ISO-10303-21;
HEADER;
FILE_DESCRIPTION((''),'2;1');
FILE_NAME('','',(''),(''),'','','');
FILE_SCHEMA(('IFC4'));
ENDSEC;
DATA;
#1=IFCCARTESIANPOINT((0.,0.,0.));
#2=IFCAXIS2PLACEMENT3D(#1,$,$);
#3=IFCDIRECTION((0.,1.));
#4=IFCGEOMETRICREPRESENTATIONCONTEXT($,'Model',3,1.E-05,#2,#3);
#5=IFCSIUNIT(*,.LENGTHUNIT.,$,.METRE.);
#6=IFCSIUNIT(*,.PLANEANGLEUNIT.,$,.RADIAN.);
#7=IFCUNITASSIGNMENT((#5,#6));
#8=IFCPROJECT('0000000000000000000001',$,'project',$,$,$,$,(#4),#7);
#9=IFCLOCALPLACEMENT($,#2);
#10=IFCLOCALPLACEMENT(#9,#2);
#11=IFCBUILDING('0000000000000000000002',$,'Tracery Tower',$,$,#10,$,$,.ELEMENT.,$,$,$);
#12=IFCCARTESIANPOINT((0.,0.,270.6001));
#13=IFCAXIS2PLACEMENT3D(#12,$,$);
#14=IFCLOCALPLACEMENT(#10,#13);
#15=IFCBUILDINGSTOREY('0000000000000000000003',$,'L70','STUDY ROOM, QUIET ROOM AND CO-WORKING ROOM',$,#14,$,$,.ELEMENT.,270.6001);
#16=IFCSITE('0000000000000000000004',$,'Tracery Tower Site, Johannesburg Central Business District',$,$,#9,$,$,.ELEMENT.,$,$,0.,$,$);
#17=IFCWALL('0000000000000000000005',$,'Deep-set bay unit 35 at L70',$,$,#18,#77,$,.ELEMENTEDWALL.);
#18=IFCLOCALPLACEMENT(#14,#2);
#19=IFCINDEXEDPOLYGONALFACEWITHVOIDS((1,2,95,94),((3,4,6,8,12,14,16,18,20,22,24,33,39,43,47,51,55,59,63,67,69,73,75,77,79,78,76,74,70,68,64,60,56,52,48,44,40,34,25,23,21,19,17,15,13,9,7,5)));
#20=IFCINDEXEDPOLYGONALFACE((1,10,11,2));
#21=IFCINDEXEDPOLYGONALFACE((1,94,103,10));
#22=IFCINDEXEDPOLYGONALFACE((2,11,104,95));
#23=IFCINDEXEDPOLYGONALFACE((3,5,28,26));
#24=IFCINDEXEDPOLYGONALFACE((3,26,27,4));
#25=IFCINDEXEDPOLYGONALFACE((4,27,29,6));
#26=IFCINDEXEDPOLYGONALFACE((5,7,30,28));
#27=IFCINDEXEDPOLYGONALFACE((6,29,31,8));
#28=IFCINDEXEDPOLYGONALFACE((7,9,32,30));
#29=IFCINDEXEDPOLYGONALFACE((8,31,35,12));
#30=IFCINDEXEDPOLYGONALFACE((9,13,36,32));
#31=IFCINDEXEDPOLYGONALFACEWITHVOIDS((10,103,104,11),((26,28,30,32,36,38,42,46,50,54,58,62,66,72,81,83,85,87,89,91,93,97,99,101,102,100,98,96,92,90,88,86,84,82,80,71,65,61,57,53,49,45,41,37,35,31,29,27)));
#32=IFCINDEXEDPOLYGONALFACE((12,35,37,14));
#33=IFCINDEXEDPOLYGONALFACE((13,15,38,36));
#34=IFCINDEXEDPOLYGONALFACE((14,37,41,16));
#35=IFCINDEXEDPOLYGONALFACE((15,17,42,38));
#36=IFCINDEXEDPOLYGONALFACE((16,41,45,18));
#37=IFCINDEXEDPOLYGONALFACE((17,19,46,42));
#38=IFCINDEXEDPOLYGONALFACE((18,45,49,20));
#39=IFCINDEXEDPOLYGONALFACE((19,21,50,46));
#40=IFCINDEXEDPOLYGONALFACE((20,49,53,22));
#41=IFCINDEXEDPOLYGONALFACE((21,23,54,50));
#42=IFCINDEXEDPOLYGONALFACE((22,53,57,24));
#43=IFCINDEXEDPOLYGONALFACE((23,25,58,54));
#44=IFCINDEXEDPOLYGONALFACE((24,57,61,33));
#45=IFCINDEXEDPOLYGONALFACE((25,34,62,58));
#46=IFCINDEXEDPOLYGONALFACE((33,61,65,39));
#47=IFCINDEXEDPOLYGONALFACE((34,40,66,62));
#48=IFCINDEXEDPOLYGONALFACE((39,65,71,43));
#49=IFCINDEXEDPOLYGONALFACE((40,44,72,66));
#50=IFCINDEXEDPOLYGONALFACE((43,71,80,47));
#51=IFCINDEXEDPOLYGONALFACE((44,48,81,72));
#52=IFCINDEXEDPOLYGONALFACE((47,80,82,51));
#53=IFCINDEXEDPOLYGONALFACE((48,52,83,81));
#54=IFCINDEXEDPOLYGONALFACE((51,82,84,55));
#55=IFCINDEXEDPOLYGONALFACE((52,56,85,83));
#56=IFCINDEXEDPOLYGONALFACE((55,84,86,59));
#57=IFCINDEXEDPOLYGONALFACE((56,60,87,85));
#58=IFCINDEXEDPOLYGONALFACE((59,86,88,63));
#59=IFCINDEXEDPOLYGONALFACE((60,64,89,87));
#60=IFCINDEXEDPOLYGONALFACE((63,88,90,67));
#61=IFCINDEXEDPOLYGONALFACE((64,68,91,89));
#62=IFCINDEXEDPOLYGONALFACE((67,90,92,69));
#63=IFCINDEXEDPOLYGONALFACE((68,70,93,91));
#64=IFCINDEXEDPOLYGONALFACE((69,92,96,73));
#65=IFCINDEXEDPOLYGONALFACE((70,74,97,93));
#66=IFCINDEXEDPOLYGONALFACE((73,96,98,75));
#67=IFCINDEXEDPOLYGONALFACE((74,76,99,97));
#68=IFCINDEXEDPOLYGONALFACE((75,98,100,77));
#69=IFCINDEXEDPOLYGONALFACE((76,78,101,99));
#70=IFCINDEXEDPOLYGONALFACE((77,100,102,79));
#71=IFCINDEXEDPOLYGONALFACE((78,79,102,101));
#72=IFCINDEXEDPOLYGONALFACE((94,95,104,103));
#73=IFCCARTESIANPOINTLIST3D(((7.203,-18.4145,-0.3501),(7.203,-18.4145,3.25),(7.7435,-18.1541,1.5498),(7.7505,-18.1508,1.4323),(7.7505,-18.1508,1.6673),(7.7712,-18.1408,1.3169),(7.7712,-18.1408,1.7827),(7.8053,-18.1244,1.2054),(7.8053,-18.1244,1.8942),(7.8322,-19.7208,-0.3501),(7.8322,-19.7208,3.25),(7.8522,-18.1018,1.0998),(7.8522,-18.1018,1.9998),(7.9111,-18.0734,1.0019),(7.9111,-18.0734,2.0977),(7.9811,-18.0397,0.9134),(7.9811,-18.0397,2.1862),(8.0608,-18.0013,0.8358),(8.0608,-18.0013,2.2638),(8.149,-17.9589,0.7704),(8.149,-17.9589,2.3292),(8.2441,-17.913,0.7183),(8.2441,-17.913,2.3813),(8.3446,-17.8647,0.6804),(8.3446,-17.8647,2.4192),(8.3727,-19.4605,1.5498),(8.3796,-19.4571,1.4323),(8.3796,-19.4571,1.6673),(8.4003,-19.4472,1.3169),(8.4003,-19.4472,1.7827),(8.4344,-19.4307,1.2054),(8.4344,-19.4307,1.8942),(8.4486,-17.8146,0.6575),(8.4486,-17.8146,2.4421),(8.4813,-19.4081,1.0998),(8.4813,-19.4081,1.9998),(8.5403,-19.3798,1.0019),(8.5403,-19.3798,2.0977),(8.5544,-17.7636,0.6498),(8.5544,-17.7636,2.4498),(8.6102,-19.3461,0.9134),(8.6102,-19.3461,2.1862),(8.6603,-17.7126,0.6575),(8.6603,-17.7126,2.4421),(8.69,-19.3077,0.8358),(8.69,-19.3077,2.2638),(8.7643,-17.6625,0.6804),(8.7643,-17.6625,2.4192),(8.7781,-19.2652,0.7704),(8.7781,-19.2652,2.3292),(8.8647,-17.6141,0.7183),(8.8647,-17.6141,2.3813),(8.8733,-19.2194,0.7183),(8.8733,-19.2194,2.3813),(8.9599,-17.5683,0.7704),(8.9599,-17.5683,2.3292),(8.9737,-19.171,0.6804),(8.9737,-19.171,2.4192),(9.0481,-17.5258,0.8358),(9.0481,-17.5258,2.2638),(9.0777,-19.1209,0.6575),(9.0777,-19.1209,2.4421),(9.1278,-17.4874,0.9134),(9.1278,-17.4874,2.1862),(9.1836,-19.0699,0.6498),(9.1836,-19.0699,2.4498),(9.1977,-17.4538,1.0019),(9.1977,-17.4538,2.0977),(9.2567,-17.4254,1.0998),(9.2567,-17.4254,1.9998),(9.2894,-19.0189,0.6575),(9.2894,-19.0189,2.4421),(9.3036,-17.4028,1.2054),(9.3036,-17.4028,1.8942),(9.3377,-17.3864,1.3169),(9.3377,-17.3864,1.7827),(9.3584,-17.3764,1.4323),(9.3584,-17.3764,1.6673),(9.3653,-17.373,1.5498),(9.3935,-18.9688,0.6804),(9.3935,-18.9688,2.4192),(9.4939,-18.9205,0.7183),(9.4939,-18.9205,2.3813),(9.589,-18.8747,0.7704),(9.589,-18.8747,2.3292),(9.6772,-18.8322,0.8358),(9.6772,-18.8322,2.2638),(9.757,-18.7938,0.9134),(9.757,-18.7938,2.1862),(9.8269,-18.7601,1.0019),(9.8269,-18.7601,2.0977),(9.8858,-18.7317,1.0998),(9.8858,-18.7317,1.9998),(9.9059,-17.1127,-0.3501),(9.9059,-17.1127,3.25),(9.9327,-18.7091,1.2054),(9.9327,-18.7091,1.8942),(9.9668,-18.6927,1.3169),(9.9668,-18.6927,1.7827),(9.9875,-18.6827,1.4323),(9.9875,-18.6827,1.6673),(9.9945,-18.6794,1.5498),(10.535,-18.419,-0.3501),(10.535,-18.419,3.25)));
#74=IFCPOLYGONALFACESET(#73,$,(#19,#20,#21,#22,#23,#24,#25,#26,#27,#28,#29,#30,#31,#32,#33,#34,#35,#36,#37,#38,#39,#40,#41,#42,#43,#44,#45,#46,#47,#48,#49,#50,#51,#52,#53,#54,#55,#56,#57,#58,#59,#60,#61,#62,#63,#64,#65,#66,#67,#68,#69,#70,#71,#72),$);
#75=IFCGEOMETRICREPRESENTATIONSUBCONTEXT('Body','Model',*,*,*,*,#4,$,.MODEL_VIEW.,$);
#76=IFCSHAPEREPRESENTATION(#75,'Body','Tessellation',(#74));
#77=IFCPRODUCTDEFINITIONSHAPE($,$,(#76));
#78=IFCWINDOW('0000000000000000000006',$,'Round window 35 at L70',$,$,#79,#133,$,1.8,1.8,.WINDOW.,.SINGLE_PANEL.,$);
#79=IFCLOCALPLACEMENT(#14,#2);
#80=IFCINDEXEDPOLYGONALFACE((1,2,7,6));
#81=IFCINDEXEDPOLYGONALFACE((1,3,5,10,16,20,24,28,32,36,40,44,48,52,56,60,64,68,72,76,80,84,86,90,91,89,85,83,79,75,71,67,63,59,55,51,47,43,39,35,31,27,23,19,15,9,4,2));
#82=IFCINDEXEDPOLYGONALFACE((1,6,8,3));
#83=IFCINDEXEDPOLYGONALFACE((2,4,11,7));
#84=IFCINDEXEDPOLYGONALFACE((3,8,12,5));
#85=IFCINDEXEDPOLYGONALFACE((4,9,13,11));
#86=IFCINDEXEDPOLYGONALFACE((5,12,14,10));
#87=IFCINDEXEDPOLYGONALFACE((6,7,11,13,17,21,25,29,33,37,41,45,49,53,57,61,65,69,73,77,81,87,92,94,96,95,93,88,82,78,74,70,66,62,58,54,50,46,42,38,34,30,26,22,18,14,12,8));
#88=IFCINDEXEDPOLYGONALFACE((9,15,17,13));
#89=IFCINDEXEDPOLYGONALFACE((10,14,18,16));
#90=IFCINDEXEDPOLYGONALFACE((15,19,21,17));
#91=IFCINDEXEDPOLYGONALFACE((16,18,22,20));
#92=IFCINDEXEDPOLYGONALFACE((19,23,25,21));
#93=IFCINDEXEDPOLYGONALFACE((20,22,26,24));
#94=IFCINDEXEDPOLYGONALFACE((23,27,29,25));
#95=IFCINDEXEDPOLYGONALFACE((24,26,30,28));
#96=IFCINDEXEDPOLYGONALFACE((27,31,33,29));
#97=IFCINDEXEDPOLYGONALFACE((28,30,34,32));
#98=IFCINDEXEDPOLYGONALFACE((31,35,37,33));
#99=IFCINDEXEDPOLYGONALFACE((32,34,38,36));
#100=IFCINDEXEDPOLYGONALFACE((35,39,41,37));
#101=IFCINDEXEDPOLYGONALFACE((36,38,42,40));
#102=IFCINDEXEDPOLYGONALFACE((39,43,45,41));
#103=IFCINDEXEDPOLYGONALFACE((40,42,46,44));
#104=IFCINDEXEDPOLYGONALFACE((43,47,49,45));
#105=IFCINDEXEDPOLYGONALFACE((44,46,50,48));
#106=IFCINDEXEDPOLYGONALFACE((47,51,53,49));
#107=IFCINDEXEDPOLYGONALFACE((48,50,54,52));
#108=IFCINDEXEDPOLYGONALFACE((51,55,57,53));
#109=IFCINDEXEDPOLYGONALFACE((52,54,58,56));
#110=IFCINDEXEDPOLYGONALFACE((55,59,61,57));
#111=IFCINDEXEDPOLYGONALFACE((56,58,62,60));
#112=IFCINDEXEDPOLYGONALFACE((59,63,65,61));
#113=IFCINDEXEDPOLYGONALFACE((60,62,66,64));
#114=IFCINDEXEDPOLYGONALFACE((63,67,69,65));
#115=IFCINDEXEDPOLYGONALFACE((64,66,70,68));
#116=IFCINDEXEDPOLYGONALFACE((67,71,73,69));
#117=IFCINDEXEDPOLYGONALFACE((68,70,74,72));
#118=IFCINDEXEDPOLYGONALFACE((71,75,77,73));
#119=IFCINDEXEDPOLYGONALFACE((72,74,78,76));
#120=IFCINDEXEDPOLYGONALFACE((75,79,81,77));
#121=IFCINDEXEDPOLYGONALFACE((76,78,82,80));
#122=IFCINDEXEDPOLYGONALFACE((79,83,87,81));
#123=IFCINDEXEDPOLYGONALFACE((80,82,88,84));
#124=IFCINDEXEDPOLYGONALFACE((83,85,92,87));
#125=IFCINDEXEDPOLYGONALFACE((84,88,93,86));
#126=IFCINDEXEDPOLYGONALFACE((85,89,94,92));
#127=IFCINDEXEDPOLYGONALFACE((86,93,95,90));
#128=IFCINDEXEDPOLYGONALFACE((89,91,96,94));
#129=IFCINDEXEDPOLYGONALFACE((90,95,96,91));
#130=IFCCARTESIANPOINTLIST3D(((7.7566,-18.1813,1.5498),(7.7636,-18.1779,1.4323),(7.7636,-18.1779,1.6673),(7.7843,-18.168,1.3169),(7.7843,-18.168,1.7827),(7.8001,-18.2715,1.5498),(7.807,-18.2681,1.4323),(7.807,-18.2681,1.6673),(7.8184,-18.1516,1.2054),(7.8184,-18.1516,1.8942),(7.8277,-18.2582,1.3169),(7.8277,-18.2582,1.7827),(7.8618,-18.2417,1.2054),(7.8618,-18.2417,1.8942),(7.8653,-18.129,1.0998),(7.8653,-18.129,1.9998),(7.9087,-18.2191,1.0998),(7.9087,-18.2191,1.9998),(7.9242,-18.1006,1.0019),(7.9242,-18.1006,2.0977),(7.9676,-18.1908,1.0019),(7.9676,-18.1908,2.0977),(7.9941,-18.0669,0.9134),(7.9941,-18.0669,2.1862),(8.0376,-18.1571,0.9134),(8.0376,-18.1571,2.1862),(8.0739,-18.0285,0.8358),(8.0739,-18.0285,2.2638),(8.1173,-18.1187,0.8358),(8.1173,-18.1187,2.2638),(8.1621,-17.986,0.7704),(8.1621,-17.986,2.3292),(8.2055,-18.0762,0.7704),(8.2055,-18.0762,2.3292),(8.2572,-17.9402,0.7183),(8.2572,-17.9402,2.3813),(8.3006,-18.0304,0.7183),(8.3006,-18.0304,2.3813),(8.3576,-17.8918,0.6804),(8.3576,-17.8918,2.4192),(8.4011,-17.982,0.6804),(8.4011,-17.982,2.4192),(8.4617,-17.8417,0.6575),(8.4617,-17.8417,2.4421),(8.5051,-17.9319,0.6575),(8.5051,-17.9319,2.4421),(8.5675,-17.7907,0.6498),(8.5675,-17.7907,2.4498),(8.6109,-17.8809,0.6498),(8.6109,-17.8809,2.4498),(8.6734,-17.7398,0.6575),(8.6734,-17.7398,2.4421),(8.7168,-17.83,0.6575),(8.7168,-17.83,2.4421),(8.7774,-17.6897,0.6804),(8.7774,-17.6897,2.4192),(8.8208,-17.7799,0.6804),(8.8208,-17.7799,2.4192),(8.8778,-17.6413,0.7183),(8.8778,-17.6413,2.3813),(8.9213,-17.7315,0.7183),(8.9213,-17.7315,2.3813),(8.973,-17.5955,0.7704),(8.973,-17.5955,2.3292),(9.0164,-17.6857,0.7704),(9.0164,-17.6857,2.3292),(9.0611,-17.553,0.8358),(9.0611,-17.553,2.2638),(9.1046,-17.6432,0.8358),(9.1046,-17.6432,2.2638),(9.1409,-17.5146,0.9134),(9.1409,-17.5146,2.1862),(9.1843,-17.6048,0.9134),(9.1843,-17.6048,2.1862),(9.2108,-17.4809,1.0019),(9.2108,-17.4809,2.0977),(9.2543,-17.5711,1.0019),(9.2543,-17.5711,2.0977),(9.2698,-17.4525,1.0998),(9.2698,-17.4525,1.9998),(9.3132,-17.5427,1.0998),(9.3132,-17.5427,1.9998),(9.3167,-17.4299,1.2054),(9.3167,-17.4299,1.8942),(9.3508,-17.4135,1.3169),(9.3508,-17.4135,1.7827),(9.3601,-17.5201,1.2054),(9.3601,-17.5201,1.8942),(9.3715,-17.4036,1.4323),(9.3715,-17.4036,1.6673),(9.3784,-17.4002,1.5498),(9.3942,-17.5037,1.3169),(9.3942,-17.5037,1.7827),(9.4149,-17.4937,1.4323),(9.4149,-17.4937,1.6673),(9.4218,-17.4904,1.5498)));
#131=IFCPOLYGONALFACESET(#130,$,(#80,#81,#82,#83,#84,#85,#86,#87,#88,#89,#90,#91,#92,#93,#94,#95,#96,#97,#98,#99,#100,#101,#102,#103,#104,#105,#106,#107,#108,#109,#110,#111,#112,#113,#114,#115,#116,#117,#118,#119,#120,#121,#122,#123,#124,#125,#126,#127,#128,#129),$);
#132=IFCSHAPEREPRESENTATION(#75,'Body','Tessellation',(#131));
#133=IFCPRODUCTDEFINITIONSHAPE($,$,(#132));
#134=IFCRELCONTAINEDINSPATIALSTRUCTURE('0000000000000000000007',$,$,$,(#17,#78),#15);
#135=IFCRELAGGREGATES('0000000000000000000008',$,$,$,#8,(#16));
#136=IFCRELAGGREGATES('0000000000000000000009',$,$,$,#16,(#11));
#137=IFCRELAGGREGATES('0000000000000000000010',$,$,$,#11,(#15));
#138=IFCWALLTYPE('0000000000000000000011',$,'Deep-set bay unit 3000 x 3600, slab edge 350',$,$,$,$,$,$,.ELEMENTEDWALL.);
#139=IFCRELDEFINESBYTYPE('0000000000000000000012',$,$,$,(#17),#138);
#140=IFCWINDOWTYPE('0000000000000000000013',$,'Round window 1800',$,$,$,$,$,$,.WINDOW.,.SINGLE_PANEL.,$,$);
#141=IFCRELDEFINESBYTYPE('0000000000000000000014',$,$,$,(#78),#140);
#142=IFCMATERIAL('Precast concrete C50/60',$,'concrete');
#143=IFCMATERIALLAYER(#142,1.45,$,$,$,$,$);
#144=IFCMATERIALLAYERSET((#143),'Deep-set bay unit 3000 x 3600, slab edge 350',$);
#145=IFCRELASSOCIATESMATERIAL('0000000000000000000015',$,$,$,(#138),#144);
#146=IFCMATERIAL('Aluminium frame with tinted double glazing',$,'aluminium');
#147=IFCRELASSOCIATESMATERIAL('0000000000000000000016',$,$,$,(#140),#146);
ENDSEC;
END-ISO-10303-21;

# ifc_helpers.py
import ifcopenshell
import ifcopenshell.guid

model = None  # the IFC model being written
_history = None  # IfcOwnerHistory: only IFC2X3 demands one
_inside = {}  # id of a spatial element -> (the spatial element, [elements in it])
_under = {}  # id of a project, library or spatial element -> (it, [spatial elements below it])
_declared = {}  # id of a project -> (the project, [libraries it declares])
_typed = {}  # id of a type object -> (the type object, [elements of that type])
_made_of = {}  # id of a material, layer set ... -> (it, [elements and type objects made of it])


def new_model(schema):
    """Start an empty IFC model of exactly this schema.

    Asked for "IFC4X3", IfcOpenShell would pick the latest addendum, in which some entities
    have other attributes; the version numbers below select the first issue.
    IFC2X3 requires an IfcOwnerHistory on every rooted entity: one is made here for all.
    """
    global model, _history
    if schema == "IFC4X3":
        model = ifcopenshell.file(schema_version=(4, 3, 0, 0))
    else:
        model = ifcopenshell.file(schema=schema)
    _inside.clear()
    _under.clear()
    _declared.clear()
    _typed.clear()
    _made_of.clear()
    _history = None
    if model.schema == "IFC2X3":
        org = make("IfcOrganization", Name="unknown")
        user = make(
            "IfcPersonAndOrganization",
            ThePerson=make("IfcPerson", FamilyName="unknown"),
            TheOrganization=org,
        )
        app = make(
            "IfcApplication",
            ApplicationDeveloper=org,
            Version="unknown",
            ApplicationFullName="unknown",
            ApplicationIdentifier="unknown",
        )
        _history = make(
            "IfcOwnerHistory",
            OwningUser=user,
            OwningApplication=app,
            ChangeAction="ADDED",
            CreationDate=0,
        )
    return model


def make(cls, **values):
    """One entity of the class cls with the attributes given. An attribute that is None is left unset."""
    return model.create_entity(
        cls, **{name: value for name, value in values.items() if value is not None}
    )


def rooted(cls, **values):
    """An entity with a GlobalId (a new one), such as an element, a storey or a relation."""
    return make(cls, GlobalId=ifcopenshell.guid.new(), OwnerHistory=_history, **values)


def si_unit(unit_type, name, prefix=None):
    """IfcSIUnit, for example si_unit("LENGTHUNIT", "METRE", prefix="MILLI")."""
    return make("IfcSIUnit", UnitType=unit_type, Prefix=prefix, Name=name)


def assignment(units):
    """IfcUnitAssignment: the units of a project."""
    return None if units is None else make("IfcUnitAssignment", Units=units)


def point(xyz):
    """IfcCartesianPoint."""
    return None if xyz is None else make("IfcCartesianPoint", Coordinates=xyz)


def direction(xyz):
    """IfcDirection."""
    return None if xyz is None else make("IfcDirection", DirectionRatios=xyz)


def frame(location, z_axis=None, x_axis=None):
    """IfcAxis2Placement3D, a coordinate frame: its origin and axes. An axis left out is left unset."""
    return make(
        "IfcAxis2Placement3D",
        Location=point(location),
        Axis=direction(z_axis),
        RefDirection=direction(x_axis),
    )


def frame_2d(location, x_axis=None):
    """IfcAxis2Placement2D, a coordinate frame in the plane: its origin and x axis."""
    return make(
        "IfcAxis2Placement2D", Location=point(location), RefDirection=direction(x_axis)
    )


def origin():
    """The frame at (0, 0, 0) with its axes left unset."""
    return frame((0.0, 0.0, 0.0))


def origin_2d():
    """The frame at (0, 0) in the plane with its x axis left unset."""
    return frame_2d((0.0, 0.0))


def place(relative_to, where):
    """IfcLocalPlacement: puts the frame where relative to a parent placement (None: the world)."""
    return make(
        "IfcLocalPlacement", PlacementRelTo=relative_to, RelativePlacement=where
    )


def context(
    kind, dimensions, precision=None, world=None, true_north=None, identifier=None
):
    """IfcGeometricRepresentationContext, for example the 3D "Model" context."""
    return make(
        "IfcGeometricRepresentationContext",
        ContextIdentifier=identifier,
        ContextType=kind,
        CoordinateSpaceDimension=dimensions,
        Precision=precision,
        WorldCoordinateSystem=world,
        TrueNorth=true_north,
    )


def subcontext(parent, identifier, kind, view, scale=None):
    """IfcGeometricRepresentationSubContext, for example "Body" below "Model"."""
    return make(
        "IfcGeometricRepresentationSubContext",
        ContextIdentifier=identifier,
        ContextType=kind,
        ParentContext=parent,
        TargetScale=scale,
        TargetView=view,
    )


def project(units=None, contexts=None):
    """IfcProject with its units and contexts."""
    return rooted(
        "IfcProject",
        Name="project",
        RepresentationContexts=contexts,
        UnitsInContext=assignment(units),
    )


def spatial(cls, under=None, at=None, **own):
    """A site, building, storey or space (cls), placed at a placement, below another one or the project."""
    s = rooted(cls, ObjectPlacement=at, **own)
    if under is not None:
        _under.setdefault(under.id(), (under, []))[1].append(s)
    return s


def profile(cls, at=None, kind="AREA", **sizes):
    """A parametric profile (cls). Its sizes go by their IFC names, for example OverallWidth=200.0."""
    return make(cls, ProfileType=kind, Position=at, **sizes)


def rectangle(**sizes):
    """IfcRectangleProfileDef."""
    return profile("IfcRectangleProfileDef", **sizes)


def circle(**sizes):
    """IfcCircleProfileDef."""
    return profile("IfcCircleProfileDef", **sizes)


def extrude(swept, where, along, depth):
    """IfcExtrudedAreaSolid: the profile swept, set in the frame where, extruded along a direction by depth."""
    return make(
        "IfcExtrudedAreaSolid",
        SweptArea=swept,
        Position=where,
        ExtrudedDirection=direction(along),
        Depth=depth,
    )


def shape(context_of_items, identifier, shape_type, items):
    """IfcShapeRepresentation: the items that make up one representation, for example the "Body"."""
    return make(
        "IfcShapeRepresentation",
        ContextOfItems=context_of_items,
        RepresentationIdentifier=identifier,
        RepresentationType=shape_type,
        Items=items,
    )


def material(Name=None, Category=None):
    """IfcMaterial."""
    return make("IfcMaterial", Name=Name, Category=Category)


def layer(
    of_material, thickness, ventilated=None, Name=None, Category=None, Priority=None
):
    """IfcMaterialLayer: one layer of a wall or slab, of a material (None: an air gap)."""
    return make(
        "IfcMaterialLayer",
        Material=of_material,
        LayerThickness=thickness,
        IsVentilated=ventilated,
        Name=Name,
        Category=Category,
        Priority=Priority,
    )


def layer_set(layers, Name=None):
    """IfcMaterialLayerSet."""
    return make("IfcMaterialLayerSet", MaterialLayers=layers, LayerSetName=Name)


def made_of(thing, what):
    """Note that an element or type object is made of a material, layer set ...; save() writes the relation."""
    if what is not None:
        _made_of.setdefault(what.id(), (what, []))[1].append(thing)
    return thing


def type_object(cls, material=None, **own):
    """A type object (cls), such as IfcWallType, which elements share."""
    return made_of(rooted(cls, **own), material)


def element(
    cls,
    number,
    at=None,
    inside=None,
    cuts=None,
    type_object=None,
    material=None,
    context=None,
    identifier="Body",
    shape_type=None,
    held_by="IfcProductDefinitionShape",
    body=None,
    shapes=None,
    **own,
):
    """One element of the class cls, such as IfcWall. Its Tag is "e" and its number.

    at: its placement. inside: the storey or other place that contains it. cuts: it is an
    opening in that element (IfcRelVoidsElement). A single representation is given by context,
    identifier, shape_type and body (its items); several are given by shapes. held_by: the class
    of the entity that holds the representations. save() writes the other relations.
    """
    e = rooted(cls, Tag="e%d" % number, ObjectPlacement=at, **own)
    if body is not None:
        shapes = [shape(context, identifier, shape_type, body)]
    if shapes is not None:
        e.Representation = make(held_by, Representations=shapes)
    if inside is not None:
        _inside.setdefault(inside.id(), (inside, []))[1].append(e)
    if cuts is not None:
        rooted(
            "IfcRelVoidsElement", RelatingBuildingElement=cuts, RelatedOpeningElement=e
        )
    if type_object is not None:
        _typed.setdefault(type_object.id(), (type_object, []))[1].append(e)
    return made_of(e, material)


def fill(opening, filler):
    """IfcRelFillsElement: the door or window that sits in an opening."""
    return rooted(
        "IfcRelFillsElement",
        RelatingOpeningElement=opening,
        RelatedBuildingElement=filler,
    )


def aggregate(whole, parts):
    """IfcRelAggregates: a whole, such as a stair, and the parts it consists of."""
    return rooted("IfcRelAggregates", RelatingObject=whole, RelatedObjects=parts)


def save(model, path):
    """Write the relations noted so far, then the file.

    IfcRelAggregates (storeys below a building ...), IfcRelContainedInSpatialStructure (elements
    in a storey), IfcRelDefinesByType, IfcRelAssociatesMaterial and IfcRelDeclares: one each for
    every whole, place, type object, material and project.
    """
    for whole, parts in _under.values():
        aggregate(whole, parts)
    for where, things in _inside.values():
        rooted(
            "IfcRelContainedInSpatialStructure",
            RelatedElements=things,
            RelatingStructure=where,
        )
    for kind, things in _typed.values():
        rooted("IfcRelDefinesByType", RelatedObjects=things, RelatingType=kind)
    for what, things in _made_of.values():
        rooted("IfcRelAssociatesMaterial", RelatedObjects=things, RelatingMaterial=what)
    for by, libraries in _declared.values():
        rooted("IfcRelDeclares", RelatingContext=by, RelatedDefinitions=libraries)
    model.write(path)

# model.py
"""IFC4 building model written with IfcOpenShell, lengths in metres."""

from ifc_helpers import new_model, si_unit, direction, frame, frame_2d, origin, origin_2d, place, context, subcontext, project, spatial, rectangle, circle, extrude, material, layer, layer_set, type_object, element, fill, save


model = new_model("IFC4")

# Units and contexts
model_context = context("Model", 3, precision=1e-05, world=origin(), true_north=direction((0.0, 1.0)))
body_context = subcontext(model_context, "Body", "Model", "MODEL_VIEW")
ifc_project = project(units=[si_unit("LENGTHUNIT", "METRE"), si_unit("PLANEANGLEUNIT", "RADIAN")], contexts=[model_context])

# Site, building, storey
site_placement = place(None, origin())
site = spatial("IfcSite", under=ifc_project, at=site_placement, Name="Tracery Tower Site, Johannesburg Central Business District", CompositionType="ELEMENT", RefElevation=0.0)
building_placement = place(site_placement, origin())
building = spatial("IfcBuilding", under=site, at=building_placement, Name="Tracery Tower", CompositionType="ELEMENT")
storey_placement = place(building_placement, frame((0.0, 0.0, 270.6001)))
storey = spatial("IfcBuildingStorey", under=building, at=storey_placement, Name="L70", Description="STUDY ROOM, QUIET ROOM AND CO-WORKING ROOM", CompositionType="ELEMENT", Elevation=270.6001)

# Wall, opening, window
ifc_material_1 = material(Name="Precast concrete C50/60", Category="concrete")
ifc_layer_1 = layer(ifc_material_1, 1.45)
ifc_layer_set_1 = layer_set([ifc_layer_1], Name="Deep-set bay unit 3000 x 3600, slab edge 350")
wall_type_1 = type_object("IfcWallType", Name="Deep-set bay unit 3000 x 3600, slab edge 350", PredefinedType="ELEMENTEDWALL", material=ifc_layer_set_1)
wall_1_placement = place(storey_placement, frame((7.5176, -19.0676, -0.3501), z_axis=(0.0, 0.0, 1.0), x_axis=(0.900953, 0.433916, 0.0)))
wall_1 = element("IfcWall", 1, at=wall_1_placement, inside=storey, type_object=wall_type_1, Name="Deep-set bay unit 35 at L70", PredefinedType="ELEMENTEDWALL", context=body_context, shape_type="SweptSolid", body=[
    extrude(rectangle(XDim=3.0, YDim=1.45, at=frame_2d((1.5, 0.0))), origin(), (0.0, 0.0, 1.0), 3.6001),
])
opening_1_placement = place(wall_1_placement, frame((1.5, 0.0, 1.8999)))
opening_1 = element("IfcOpeningElement", 2, at=opening_1_placement, cuts=wall_1, PredefinedType="OPENING", context=body_context, shape_type="SweptSolid", body=[
    extrude(circle(Radius=0.9, at=origin_2d()), frame((0.0, 0.7349, 0.0), z_axis=(0.0, -1.0, 0.0), x_axis=(1.0, 0.0, 0.0)), (0.0, 0.0, 1.0), 1.47),
])
ifc_material_2 = material(Name="Aluminium frame with tinted double glazing", Category="aluminium")
window_type = type_object("IfcWindowType", Name="Round window 1800", PartitioningType="SINGLE_PANEL", PredefinedType="WINDOW", material=ifc_material_2)
window_1_placement = place(opening_1_placement, origin())
window_1 = element("IfcWindow", 3, at=window_1_placement, inside=storey, type_object=window_type, Name="Round window 35 at L70", OverallHeight=1.8, OverallWidth=1.8, PartitioningType="SINGLE_PANEL", PredefinedType="WINDOW", context=body_context, shape_type="SweptSolid", body=[
    extrude(circle(Radius=0.9, at=origin_2d()), frame((0.0, 0.6948, 0.0), z_axis=(0.0, -1.0, 0.0), x_axis=(1.0, 0.0, 0.0)), (0.0, 0.0, 1.0), 0.1001),
])
fill(opening_1, window_1)

save(model, "model.ifc")
